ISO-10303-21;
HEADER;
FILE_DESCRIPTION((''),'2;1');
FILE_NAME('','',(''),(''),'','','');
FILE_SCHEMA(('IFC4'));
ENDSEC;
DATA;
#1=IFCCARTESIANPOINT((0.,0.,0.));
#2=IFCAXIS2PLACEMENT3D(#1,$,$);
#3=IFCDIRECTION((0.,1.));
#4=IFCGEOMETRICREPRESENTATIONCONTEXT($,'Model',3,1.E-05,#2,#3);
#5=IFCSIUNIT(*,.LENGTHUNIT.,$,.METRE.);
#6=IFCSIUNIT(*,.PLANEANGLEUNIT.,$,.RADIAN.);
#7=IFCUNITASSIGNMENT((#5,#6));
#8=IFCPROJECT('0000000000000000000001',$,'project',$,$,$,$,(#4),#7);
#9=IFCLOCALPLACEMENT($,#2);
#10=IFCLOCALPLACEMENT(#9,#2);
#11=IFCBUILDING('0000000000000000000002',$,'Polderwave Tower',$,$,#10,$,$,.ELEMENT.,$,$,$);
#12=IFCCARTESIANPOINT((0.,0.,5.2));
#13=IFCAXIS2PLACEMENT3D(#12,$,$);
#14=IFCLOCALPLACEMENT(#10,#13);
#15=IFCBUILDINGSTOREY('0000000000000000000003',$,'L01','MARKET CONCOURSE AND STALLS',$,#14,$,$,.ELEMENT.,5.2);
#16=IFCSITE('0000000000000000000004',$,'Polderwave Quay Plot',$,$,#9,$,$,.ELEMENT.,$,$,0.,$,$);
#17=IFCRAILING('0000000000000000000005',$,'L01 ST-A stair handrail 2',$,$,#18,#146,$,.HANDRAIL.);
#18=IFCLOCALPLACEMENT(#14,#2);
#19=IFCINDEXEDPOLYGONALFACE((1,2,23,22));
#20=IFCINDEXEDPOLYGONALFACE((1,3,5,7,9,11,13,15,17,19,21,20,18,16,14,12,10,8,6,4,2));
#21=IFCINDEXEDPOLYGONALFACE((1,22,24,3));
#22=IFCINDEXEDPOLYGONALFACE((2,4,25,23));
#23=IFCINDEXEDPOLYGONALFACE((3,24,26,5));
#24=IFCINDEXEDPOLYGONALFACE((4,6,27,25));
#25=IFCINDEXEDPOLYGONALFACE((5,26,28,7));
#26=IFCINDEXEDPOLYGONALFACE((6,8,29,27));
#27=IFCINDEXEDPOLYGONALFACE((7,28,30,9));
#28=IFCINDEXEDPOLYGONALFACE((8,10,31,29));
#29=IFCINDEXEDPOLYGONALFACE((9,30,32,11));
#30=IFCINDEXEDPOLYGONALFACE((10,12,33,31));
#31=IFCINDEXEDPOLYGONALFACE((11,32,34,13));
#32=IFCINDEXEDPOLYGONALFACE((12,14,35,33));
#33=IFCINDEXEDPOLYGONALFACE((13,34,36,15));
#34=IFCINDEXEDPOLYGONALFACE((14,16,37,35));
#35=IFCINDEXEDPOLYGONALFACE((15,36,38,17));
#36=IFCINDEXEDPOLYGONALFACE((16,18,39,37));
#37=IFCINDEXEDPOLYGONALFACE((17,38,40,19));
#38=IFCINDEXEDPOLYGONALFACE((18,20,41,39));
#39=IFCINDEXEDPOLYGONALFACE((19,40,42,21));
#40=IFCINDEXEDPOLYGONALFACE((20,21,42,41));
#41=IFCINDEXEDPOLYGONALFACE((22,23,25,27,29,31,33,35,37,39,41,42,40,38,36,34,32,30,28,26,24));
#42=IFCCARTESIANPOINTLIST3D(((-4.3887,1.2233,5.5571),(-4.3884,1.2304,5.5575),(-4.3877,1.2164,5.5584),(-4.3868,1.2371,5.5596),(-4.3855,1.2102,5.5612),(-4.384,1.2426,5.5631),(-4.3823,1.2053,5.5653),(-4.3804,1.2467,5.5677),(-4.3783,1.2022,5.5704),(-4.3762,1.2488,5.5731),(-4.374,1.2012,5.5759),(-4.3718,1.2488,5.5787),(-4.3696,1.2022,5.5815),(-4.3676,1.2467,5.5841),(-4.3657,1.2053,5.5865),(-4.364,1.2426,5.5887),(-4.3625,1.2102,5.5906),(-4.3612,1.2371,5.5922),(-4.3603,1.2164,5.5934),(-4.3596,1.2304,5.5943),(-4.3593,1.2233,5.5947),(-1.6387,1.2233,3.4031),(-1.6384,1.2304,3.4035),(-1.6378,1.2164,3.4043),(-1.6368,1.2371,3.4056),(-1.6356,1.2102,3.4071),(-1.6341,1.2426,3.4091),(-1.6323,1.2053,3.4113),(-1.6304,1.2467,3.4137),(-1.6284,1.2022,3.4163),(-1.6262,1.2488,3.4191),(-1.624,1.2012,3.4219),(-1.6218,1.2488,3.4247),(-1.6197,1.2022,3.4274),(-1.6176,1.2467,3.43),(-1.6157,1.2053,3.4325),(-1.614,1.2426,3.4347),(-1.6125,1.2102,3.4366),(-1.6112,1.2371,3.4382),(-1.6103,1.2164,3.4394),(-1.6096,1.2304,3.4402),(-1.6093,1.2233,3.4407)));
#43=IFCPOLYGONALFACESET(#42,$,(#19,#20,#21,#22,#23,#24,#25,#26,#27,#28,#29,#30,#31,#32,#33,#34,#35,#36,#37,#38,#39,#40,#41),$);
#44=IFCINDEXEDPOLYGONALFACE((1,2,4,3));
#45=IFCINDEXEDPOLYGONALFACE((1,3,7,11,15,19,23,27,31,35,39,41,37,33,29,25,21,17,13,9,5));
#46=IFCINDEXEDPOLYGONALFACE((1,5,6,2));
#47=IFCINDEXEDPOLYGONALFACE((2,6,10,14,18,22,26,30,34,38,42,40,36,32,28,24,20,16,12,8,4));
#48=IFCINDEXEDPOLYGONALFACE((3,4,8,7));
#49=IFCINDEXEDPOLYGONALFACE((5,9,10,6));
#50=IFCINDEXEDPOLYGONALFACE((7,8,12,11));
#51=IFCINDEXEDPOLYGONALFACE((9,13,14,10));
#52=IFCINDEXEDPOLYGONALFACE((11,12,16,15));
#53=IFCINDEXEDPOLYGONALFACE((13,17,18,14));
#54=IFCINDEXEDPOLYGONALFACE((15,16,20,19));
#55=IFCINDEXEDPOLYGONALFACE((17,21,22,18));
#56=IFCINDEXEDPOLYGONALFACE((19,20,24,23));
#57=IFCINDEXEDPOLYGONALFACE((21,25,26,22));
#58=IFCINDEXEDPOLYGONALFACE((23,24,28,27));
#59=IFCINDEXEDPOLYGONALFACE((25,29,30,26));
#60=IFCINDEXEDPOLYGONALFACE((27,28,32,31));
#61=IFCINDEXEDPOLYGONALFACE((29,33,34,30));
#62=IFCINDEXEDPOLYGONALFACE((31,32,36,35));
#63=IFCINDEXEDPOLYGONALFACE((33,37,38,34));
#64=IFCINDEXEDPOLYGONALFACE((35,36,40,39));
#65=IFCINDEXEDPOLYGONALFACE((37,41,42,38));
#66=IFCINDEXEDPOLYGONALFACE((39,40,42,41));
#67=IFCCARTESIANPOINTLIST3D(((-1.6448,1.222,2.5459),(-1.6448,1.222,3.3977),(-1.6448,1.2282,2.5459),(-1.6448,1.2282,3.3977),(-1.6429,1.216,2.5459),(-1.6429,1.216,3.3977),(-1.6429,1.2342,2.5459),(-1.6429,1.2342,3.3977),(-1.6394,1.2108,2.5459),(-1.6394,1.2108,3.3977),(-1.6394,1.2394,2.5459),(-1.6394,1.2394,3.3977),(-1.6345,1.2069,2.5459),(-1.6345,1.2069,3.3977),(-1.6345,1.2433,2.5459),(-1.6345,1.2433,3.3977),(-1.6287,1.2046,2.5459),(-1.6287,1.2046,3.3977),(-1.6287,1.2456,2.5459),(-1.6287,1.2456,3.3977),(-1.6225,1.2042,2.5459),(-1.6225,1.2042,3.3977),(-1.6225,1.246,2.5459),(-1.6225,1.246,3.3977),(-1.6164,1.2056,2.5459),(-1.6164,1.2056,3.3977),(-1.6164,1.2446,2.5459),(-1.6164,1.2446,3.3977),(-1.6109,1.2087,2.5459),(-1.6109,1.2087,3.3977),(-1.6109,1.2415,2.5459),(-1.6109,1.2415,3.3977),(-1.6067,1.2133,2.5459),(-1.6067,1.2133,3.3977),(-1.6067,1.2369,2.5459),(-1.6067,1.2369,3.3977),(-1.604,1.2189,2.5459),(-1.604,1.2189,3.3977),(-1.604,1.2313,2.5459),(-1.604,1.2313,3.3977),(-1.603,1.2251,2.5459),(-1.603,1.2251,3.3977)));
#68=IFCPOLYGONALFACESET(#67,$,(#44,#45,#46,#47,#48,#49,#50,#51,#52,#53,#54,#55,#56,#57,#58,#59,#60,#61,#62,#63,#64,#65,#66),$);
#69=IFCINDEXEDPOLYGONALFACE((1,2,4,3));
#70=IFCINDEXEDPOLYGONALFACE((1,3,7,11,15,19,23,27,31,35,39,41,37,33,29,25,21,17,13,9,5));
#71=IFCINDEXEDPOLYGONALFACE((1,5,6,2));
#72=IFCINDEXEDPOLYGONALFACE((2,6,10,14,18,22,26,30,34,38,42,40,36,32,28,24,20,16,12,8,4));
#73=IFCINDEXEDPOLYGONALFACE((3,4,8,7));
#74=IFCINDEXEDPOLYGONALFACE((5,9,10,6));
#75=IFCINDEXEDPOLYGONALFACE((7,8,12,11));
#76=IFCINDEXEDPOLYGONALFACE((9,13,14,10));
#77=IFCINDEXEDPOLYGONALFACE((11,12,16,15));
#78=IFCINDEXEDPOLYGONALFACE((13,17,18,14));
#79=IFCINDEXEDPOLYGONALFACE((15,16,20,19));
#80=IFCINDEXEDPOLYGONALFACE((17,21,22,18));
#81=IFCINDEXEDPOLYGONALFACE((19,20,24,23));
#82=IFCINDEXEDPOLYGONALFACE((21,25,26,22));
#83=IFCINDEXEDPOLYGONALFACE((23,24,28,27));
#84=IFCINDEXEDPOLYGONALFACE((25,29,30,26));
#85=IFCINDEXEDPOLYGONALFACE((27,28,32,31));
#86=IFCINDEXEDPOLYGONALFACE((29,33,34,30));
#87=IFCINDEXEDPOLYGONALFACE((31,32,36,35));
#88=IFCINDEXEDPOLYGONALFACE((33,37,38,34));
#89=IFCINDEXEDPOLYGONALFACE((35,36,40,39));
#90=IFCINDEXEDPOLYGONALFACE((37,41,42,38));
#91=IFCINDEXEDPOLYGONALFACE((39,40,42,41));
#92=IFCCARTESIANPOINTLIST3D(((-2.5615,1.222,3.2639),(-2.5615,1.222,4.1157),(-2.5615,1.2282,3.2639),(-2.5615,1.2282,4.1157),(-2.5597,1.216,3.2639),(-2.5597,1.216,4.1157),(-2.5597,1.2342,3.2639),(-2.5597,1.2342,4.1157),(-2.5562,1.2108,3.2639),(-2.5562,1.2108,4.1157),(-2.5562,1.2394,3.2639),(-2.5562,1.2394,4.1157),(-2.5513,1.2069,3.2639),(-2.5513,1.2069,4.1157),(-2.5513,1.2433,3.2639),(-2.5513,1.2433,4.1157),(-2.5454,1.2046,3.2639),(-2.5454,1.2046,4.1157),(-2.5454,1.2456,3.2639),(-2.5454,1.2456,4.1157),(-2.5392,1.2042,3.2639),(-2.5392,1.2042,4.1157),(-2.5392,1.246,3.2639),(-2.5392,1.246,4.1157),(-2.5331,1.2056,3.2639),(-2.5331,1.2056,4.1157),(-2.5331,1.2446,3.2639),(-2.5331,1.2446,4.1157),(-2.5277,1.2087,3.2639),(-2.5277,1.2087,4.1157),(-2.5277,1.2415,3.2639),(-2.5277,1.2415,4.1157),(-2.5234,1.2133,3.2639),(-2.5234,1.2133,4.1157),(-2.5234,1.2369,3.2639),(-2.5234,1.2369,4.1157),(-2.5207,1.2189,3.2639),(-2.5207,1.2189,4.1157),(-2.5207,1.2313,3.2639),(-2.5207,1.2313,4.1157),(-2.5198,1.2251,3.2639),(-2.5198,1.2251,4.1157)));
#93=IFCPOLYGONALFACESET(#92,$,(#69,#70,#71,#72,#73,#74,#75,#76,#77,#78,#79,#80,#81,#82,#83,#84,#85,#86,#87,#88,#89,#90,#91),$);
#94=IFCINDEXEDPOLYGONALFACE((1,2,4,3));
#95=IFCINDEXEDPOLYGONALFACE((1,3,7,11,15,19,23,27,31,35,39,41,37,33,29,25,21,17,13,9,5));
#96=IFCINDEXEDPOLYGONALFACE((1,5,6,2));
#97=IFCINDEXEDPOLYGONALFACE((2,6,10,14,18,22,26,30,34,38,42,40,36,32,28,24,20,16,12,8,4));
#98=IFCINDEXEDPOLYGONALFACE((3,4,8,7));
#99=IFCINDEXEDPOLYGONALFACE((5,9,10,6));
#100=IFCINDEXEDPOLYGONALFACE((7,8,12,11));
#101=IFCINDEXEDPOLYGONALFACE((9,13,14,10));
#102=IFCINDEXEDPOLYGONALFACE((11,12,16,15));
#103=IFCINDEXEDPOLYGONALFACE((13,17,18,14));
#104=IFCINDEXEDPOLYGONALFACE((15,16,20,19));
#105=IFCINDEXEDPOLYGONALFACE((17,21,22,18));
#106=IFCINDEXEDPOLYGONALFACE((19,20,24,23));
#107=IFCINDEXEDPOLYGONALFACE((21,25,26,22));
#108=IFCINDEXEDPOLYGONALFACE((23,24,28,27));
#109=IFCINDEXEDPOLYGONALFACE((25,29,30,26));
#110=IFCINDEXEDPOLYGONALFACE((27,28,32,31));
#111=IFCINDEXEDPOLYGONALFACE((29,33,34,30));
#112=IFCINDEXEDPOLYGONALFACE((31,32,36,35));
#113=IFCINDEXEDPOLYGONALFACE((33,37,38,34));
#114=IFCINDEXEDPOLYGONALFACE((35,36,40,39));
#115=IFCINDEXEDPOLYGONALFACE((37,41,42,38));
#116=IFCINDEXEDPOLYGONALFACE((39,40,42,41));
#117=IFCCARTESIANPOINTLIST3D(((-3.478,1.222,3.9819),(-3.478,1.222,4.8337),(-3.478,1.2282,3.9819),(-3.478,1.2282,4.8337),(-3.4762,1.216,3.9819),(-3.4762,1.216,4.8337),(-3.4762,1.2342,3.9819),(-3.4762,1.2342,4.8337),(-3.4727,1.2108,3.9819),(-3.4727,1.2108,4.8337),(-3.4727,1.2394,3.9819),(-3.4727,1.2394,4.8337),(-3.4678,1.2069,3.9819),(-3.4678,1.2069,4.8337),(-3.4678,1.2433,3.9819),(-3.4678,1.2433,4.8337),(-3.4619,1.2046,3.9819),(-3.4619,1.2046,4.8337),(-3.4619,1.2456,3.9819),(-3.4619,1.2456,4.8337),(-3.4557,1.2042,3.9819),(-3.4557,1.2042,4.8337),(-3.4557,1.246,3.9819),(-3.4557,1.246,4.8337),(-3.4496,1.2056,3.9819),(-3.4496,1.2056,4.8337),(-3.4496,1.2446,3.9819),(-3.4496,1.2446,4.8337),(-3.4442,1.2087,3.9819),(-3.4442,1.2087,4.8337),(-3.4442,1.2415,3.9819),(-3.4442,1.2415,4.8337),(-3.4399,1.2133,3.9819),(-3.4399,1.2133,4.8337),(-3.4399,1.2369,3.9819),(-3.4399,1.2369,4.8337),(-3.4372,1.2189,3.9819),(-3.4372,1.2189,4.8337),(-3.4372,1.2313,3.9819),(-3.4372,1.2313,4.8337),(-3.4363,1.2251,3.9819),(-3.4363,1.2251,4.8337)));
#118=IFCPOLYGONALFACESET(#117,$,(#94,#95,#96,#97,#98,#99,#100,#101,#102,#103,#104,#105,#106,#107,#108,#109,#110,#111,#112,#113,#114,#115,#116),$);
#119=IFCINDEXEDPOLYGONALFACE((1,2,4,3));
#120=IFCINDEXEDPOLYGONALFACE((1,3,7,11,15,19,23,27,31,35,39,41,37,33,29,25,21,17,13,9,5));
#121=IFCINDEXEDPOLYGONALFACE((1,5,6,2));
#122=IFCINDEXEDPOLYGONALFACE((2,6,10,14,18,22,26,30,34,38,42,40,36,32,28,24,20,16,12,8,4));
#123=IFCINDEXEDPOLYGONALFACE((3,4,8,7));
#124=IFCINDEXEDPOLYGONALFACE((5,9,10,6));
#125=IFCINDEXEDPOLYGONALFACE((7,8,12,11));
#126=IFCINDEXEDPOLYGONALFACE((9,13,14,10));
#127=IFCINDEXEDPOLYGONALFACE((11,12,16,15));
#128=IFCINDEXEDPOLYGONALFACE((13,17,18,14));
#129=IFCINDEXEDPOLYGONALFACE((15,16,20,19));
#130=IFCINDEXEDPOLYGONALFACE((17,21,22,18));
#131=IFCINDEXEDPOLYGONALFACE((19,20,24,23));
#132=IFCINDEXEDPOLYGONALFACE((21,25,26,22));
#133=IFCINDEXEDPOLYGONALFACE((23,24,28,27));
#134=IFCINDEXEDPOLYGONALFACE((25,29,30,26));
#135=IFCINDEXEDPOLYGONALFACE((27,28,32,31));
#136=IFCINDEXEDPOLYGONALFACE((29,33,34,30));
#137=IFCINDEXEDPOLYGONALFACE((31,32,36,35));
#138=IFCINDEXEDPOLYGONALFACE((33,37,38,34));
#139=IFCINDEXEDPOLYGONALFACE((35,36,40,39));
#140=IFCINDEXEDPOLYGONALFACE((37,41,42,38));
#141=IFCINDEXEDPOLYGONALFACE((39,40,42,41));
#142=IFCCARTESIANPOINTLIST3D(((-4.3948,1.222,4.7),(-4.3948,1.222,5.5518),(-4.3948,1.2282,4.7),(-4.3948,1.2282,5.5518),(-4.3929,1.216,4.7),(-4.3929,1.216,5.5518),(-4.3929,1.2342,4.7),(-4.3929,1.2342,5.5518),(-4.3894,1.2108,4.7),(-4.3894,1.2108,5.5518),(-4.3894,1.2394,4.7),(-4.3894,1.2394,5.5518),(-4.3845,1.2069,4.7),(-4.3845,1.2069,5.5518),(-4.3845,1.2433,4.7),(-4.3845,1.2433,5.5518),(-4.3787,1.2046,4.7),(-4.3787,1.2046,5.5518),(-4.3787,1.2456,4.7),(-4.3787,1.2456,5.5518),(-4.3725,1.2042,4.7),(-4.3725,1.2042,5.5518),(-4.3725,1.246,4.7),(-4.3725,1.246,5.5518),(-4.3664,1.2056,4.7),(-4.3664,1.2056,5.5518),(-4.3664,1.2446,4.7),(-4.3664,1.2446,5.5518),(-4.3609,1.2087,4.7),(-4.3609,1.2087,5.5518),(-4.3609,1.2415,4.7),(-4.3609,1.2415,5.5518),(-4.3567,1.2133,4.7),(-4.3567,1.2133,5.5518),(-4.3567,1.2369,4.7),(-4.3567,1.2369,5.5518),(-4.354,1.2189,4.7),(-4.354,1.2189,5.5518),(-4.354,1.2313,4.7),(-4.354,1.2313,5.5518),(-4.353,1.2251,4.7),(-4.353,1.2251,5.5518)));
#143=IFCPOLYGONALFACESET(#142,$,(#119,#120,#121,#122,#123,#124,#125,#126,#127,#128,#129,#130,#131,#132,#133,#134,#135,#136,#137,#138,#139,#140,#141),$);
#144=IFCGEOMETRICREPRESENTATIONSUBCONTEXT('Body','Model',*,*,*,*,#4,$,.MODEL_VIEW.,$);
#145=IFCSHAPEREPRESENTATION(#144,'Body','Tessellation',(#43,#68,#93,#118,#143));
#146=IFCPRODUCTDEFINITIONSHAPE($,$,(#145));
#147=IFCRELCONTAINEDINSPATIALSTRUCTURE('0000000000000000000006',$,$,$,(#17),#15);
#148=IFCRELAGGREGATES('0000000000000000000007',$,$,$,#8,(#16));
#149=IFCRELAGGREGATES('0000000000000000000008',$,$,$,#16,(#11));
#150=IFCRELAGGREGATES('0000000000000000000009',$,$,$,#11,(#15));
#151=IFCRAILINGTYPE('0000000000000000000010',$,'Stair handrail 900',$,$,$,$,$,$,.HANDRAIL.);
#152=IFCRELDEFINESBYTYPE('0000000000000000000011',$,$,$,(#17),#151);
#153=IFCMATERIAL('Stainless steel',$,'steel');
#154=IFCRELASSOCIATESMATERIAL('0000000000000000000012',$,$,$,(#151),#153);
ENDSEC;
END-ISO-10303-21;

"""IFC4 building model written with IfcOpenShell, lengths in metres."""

from ifc_helpers import new_model, si_unit, direction, frame, origin, origin_2d, place, context, subcontext, project, spatial, circle, extrude, material, type_object, element, save


model = new_model("IFC4")

# Units and contexts
model_context = context("Model", 3, precision=1e-05, world=origin(), true_north=direction((0.0, 1.0)))
body_context = subcontext(model_context, "Body", "Model", "MODEL_VIEW")
ifc_project = project(units=[si_unit("LENGTHUNIT", "METRE"), si_unit("PLANEANGLEUNIT", "RADIAN")], contexts=[model_context])

# Site, building, storey
site_placement = place(None, origin())
site = spatial("IfcSite", under=ifc_project, at=site_placement, Name="Polderwave Quay Plot", CompositionType="ELEMENT", RefElevation=0.0)
building_placement = place(site_placement, origin())
building = spatial("IfcBuilding", under=site, at=building_placement, Name="Polderwave Tower", CompositionType="ELEMENT")
storey_placement = place(building_placement, frame((0.0, 0.0, 5.2)))
storey = spatial("IfcBuildingStorey", under=building, at=storey_placement, Name="L01", Description="MARKET CONCOURSE AND STALLS", CompositionType="ELEMENT", Elevation=5.2)

# Railing
ifc_material_1 = material(Name="Stainless steel", Category="steel")
railing_type_1 = type_object("IfcRailingType", Name="Stair handrail 900", PredefinedType="HANDRAIL", material=ifc_material_1)
railing_1_placement = place(storey_placement, frame((-1.624, 1.2251, 2.5459)))
element("IfcRailing", 1, at=railing_1_placement, inside=storey, type_object=railing_type_1, Name="L01 ST-A stair handrail 2", PredefinedType="HANDRAIL", context=body_context, shape_type="SweptSolid", body=[
    extrude(circle(Radius=0.0239, at=origin_2d()), frame((0.0, 0.0, 0.876), z_axis=(-0.787244, 0.0, 0.616642), x_axis=(0.0, -1.0, 0.0)), (0.0, 0.0, 1.0), 3.4932),
    extrude(circle(Radius=0.021, at=origin_2d()), origin(), (0.0, 0.0, 1.0), 0.8518),
    extrude(circle(Radius=0.021, at=origin_2d()), frame((-0.9167, 0.0, 0.718)), (0.0, 0.0, 1.0), 0.8518),
    extrude(circle(Radius=0.021, at=origin_2d()), frame((-1.8333, 0.0, 1.436)), (0.0, 0.0, 1.0), 0.8518),
    extrude(circle(Radius=0.021, at=origin_2d()), frame((-2.75, 0.0, 2.1541)), (0.0, 0.0, 1.0), 0.8518),
])

save(model, "model.ifc")
